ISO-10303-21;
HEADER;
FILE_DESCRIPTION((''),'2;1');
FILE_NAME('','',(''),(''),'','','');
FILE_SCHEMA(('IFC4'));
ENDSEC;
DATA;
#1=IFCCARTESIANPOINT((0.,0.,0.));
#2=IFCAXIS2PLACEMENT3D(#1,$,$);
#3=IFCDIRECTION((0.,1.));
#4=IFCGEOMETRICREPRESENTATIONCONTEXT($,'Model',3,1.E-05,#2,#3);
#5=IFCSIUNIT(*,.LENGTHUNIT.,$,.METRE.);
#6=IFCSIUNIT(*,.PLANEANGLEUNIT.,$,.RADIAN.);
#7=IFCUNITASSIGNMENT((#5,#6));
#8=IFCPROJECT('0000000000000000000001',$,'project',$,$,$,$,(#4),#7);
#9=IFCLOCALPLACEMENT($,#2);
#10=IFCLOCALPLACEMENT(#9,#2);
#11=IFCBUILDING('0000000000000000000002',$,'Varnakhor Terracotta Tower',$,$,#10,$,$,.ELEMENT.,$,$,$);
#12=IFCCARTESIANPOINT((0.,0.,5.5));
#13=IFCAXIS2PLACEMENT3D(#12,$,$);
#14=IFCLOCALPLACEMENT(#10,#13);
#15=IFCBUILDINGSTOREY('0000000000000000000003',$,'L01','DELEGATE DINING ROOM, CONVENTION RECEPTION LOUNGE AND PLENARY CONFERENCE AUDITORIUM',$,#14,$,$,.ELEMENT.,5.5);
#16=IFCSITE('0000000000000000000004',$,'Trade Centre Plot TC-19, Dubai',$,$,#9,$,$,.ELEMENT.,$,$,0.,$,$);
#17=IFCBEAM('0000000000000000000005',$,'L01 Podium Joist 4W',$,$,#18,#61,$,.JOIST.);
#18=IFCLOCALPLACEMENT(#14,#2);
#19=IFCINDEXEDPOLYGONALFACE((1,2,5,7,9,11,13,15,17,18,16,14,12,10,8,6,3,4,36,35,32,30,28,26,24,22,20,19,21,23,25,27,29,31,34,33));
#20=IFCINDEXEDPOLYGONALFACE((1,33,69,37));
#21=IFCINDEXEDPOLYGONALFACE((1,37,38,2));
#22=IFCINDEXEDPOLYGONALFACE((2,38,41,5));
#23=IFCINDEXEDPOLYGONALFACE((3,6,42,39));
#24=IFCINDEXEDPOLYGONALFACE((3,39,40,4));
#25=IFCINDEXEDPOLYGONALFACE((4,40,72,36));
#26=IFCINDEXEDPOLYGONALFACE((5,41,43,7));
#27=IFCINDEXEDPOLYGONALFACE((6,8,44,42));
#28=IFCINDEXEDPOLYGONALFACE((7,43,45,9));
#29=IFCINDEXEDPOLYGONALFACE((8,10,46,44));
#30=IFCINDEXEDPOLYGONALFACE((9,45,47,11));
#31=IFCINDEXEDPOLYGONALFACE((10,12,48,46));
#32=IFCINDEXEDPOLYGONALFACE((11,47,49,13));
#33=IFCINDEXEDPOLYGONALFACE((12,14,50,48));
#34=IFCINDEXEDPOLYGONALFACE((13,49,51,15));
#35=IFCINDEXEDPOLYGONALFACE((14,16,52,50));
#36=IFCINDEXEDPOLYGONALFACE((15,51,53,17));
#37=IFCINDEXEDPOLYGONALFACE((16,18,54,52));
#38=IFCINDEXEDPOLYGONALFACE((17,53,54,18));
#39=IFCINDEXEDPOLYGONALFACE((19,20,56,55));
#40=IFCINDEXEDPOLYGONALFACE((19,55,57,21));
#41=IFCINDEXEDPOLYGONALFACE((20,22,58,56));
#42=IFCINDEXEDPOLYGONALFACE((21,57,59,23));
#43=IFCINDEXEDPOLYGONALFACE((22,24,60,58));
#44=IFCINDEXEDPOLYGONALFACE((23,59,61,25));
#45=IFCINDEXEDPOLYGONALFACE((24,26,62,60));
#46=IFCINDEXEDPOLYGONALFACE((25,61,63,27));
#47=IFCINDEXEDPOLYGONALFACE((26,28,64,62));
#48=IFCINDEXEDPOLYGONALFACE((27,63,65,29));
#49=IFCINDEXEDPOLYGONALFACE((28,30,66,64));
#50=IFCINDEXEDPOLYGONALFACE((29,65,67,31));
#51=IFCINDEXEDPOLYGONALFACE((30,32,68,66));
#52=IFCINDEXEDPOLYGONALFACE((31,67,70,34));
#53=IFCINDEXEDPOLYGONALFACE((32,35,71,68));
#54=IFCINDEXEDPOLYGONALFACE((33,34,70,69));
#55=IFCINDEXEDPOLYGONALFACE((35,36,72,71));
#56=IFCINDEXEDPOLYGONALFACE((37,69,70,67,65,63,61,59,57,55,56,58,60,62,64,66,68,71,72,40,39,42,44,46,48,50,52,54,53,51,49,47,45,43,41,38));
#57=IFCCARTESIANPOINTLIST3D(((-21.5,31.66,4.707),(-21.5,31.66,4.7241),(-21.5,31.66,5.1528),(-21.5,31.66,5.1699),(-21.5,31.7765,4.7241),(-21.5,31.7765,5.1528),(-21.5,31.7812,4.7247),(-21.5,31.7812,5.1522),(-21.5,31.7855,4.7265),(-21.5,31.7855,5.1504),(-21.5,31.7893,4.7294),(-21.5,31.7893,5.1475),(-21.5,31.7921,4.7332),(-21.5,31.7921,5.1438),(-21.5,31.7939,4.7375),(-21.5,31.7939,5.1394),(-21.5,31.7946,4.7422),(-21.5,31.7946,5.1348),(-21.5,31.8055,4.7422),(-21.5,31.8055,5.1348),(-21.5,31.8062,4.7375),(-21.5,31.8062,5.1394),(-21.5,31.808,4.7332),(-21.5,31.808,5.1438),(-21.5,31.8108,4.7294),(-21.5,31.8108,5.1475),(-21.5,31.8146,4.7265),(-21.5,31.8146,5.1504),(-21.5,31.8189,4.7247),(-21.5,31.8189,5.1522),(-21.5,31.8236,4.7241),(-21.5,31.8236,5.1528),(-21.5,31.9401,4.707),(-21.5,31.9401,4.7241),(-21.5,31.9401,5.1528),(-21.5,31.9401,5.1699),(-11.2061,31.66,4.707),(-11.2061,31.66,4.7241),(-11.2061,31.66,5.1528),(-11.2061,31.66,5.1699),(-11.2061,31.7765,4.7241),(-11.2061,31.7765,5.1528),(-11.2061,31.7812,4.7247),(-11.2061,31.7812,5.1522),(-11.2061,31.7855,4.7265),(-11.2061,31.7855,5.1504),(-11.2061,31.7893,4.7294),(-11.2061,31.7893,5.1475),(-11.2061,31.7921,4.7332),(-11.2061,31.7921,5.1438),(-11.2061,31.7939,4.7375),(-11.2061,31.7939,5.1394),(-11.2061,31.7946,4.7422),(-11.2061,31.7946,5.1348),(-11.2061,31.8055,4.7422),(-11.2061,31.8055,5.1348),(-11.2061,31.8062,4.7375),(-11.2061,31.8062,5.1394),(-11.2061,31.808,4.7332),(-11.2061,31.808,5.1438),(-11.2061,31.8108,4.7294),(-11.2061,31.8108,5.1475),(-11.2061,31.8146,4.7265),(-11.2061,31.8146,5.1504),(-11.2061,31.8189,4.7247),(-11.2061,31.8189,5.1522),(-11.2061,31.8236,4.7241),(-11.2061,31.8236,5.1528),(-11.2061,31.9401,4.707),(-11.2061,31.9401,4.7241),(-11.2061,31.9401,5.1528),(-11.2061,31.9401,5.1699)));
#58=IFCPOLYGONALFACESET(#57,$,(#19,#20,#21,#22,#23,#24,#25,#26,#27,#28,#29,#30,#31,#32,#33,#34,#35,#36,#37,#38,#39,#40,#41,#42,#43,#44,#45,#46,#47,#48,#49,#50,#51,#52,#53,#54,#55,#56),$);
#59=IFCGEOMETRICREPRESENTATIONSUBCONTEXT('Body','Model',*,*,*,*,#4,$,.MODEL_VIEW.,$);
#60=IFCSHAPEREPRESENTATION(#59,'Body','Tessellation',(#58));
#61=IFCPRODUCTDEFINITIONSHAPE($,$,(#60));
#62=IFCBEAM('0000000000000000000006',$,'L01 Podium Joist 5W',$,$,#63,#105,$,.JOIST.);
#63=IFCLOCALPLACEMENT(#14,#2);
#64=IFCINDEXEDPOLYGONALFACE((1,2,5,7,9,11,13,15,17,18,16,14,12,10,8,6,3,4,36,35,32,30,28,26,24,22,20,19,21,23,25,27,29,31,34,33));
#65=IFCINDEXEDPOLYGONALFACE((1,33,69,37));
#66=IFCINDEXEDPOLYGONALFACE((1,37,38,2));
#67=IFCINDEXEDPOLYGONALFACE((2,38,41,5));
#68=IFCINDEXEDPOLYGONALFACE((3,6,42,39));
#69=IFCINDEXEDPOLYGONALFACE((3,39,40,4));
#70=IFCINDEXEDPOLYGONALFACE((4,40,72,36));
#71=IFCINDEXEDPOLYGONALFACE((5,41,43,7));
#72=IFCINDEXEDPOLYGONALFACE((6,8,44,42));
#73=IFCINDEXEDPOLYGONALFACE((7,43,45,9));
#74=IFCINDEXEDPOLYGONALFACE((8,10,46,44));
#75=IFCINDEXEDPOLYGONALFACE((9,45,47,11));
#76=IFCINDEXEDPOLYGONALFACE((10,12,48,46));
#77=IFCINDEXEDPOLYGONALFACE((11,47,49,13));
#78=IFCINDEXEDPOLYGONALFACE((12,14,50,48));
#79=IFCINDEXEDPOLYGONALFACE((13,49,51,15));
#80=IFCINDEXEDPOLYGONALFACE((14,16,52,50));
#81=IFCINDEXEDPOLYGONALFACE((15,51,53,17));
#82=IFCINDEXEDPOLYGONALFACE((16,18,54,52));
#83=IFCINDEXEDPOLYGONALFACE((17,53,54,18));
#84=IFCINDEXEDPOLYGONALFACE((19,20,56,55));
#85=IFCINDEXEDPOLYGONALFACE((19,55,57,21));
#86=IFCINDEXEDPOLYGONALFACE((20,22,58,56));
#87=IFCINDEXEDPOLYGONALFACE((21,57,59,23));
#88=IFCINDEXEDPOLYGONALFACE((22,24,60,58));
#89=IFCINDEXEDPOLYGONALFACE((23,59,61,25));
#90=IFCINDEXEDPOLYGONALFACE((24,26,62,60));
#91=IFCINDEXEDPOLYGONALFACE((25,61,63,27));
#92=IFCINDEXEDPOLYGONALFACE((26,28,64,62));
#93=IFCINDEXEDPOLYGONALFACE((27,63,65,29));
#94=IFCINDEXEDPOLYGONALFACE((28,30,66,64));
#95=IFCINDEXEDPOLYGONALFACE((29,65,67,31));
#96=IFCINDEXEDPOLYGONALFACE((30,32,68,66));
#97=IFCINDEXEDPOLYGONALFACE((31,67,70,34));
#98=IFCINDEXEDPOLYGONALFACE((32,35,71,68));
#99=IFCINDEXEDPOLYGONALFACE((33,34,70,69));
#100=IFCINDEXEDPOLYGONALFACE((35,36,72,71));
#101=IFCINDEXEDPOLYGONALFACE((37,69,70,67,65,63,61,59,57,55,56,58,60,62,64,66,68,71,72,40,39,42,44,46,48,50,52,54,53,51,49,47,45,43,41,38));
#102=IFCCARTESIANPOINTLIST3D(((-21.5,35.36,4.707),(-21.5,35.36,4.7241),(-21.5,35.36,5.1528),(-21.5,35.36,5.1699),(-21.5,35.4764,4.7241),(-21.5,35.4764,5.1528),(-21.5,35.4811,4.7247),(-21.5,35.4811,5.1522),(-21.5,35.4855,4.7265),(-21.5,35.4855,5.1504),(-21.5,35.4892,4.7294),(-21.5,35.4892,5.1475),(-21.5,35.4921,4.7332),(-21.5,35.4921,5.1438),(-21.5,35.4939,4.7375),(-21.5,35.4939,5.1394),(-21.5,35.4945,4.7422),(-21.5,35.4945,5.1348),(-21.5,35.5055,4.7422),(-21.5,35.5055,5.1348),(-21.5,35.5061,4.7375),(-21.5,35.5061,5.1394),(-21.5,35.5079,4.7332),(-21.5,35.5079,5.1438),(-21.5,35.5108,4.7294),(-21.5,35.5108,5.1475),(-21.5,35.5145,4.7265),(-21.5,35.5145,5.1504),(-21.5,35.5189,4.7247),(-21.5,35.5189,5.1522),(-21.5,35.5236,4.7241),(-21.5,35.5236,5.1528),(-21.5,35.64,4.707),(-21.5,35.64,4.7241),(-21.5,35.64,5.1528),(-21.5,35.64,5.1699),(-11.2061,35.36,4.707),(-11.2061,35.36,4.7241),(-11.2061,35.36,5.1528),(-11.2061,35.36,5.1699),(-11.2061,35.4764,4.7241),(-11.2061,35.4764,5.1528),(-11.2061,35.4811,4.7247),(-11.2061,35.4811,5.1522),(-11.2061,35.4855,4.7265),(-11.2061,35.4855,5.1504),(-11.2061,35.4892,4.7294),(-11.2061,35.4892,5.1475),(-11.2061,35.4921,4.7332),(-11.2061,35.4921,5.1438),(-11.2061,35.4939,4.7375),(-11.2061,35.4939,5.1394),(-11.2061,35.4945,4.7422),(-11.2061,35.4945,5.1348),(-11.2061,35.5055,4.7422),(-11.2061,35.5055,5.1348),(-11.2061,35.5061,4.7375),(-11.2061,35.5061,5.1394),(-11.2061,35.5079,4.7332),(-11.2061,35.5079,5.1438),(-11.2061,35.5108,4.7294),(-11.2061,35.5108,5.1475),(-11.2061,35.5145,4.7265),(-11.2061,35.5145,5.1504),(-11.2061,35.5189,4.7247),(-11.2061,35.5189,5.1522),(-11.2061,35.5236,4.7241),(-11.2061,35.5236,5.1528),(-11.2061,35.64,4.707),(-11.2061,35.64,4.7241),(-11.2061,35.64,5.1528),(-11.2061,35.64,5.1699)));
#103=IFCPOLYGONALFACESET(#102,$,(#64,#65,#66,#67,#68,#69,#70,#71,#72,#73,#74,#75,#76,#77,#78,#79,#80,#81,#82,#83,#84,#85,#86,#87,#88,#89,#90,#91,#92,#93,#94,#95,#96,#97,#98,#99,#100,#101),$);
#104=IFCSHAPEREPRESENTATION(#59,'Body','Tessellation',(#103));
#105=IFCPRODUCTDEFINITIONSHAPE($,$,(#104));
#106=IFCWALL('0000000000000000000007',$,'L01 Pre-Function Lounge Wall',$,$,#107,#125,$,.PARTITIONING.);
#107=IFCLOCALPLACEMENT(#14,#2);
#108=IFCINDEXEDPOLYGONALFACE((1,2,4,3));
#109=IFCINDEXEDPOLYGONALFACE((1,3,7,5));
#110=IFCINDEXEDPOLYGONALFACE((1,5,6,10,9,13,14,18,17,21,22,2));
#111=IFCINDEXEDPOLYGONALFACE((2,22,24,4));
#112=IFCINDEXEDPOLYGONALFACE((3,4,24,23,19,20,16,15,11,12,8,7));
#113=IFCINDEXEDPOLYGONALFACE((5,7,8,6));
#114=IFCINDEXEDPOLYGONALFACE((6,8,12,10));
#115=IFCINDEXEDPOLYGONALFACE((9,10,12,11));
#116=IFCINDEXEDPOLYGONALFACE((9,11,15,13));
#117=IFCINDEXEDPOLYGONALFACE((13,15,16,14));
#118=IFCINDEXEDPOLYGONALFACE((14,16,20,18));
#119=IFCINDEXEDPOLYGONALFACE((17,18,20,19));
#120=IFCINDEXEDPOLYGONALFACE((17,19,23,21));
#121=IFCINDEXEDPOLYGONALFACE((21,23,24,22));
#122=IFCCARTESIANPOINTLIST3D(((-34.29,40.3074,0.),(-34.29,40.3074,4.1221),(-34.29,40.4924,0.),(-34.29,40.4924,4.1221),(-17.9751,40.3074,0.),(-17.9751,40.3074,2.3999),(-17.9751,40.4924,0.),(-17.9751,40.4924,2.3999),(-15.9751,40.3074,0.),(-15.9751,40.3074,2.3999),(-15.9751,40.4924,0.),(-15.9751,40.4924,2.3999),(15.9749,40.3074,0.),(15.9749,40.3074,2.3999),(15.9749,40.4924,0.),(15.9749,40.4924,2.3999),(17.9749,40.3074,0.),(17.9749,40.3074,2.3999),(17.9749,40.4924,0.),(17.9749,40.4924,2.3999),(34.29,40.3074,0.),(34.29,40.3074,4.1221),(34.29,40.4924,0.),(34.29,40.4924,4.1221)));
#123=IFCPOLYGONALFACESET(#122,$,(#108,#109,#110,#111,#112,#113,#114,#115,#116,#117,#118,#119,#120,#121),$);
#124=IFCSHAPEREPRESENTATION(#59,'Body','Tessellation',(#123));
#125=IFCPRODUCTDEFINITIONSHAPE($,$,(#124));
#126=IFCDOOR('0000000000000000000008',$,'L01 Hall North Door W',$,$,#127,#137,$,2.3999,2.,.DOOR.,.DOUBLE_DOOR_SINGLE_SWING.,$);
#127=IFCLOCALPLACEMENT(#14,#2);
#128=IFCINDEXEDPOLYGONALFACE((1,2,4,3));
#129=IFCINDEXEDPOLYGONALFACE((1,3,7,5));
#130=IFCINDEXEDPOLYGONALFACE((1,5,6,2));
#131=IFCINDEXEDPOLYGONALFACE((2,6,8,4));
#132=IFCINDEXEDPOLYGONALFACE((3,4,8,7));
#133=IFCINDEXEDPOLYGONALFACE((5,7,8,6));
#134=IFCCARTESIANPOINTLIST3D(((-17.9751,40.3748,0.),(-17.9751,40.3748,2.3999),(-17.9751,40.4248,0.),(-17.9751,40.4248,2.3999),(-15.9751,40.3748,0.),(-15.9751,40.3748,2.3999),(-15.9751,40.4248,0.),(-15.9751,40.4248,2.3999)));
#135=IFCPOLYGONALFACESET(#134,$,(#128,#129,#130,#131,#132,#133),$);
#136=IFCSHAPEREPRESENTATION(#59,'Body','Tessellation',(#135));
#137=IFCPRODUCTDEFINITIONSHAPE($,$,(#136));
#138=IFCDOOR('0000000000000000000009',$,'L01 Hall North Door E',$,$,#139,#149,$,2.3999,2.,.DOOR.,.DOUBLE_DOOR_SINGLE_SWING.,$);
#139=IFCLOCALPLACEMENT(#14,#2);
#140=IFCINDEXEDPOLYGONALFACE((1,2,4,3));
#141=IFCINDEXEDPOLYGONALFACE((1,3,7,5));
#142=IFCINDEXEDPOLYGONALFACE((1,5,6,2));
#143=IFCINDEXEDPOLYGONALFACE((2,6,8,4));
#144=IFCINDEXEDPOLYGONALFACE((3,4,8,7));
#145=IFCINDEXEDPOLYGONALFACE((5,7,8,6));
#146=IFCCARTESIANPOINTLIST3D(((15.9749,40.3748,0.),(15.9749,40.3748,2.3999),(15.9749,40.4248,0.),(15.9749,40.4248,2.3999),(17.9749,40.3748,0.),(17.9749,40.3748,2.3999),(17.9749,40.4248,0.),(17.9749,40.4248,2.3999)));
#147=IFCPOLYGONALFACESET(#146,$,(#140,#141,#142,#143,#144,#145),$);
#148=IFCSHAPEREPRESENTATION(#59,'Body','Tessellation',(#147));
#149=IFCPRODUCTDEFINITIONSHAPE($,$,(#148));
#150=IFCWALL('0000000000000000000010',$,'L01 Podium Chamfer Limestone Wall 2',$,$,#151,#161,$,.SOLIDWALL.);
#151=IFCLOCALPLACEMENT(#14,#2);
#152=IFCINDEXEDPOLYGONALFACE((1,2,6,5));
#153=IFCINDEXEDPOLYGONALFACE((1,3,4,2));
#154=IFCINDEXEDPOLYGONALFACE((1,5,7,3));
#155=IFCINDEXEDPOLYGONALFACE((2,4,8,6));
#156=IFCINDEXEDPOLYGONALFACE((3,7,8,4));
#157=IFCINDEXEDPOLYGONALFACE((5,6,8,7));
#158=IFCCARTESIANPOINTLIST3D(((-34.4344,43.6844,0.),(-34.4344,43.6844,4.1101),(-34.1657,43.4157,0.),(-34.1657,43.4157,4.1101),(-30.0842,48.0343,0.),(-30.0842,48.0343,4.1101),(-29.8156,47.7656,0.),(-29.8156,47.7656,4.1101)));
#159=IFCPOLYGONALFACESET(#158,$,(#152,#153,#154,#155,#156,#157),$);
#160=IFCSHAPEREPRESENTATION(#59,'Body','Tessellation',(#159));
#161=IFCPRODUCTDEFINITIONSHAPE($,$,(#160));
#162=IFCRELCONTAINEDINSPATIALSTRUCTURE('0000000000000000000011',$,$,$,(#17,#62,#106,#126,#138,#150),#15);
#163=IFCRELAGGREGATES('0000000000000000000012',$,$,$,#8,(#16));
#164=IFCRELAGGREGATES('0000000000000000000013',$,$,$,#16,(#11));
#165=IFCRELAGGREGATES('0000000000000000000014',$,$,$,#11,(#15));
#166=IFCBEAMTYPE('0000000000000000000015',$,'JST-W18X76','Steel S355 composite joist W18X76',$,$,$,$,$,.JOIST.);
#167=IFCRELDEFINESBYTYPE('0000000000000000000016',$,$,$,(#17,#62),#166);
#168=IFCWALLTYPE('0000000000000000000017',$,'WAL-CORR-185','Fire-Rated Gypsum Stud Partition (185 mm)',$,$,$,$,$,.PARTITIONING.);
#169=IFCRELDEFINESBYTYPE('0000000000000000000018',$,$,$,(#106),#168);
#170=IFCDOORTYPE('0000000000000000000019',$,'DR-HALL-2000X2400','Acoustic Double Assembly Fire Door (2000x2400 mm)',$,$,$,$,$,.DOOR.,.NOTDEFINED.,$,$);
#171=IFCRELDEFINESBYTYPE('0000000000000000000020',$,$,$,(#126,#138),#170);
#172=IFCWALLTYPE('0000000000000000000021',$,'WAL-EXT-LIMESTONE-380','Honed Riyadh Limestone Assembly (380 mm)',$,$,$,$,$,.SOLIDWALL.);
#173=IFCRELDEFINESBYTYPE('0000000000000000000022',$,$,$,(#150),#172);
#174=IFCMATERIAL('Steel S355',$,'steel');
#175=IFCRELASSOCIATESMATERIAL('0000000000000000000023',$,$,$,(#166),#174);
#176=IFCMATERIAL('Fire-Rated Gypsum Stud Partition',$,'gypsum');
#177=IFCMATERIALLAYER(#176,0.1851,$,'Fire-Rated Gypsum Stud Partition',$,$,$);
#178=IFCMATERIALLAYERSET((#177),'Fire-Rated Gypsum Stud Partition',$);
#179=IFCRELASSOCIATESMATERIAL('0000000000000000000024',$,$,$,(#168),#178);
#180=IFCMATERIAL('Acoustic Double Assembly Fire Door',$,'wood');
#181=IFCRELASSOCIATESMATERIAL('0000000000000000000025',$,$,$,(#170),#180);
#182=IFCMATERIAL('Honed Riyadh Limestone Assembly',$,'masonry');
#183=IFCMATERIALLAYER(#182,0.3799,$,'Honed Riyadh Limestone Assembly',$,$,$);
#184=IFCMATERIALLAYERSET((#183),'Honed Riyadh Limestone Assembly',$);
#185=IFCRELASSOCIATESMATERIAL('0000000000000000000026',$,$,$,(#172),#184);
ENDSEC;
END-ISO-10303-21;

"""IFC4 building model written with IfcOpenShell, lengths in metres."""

from ifc_helpers import new_model, si_unit, direction, frame, frame_2d, origin, origin_2d, place, context, subcontext, project, spatial, rectangle, i_section, extrude, source, transform, mapped, material, layer, layer_set, material_profile, profile_set, type_object, type_shapes, element, fill, save


model = new_model("IFC4")

# Units and contexts
model_context = context("Model", 3, precision=1e-05, world=origin(), true_north=direction((0.0, 1.0)))
body_context = subcontext(model_context, "Body", "Model", "MODEL_VIEW")
ifc_project = project(units=[si_unit("LENGTHUNIT", "METRE"), si_unit("PLANEANGLEUNIT", "RADIAN")], contexts=[model_context])

# Site, building, storey
site_placement = place(None, origin())
site = spatial("IfcSite", under=ifc_project, at=site_placement, Name="Trade Centre Plot TC-19, Dubai", CompositionType="ELEMENT", RefElevation=0.0)
building_placement = place(site_placement, origin())
building = spatial("IfcBuilding", under=site, at=building_placement, Name="Varnakhor Terracotta Tower", CompositionType="ELEMENT")
storey_placement = place(building_placement, frame((0.0, 0.0, 5.5)))
storey = spatial("IfcBuildingStorey", under=building, at=storey_placement, Name="L01", Description="DELEGATE DINING ROOM, CONVENTION RECEPTION LOUNGE AND PLENARY CONFERENCE AUDITORIUM", CompositionType="ELEMENT", Elevation=5.5)

# Beams
ifc_material_1 = material(Name="Steel S355", Category="steel")
ifc_material_profile = material_profile(ifc_material_1, i_section(OverallWidth=0.28, OverallDepth=0.4629, WebThickness=0.011, FlangeThickness=0.0171, FilletRadius=0.0181, at=origin_2d()), Name="W18X76")
ifc_profile_set = profile_set([ifc_material_profile], Name="Steel S355")
beam_type = type_object("IfcBeamType", Name="JST-W18X76", Description="Steel S355 composite joist W18X76", PredefinedType="JOIST", material=ifc_profile_set)
shared_shape_1 = source(origin(), body_context, "Body", "SweptSolid", [
    extrude(i_section(OverallWidth=0.28, OverallDepth=0.4629, WebThickness=0.011, FlangeThickness=0.0171, FilletRadius=0.0181, at=origin_2d()), origin(), (0.0, 0.0, 1.0), 10.2939),
])
type_shapes(beam_type, [shared_shape_1])
for number, where, z_axis, x_axis, name in (
    (1, (-21.5, 31.8, 4.9385), (1.0, 0.0, 0.0), (0.0, 1.0, 0.0), "L01 Podium Joist 4W"),
    (2, (-21.5, 35.5, 4.9385), (1.0, 0.0, 0.0), (0.0, 1.0, 0.0), "L01 Podium Joist 5W"),
):
    element("IfcBeam", number, at=place(storey_placement, frame(where, z_axis=z_axis, x_axis=x_axis)), inside=storey, type_object=beam_type, Name=name, PredefinedType="JOIST", context=body_context, shape_type="MappedRepresentation", body=[
        mapped(shared_shape_1, transform((0.0, 0.0, 0.0), scale=1.0)),
    ])

# Wall, openings, doors
ifc_material_2 = material(Name="Fire-Rated Gypsum Stud Partition", Category="gypsum")
ifc_layer_1 = layer(ifc_material_2, 0.1851, Name="Fire-Rated Gypsum Stud Partition")
ifc_layer_set_1 = layer_set([ifc_layer_1], Name="Fire-Rated Gypsum Stud Partition")
wall_type_1 = type_object("IfcWallType", Name="WAL-CORR-185", Description="Fire-Rated Gypsum Stud Partition (185 mm)", PredefinedType="PARTITIONING", material=ifc_layer_set_1)
wall_1_placement = place(storey_placement, frame((-34.29, 40.3999, 0.0), z_axis=(0.0, 0.0, 1.0), x_axis=(1.0, 0.0, 0.0)))
wall_1 = element("IfcWall", 3, at=wall_1_placement, inside=storey, type_object=wall_type_1, Name="L01 Pre-Function Lounge Wall", PredefinedType="PARTITIONING", context=body_context, shape_type="SweptSolid", body=[
    extrude(rectangle(XDim=68.5801, YDim=0.1851, at=frame_2d((34.29, 0.0))), origin(), (0.0, 0.0, 1.0), 4.1221),
])
opening_1_placement = place(wall_1_placement, frame((16.3149, 0.0, 0.0)))
opening_1 = element("IfcOpeningElement", 4, at=opening_1_placement, cuts=wall_1, PredefinedType="OPENING", context=body_context, shape_type="SweptSolid", body=[
    extrude(rectangle(XDim=2.0, YDim=2.3999, at=frame_2d((1.0, 1.2))), frame((0.0, 0.1025, 0.0), z_axis=(0.0, -1.0, 0.0), x_axis=(1.0, 0.0, 0.0)), (0.0, 0.0, 1.0), 0.2051),
])
opening_2_placement = place(wall_1_placement, frame((50.2649, 0.0, 0.0)))
opening_2 = element("IfcOpeningElement", 5, at=opening_2_placement, cuts=wall_1, PredefinedType="OPENING", context=body_context, shape_type="SweptSolid", body=[
    extrude(rectangle(XDim=2.0, YDim=2.3999, at=frame_2d((1.0, 1.2))), frame((0.0, 0.1025, 0.0), z_axis=(0.0, -1.0, 0.0), x_axis=(1.0, 0.0, 0.0)), (0.0, 0.0, 1.0), 0.2051),
])
ifc_material_3 = material(Name="Acoustic Double Assembly Fire Door", Category="wood")
door_type_1 = type_object("IfcDoorType", Name="DR-HALL-2000X2400", Description="Acoustic Double Assembly Fire Door (2000x2400 mm)", OperationType="NOTDEFINED", PredefinedType="DOOR", material=ifc_material_3)
shared_shape_2 = source(origin(), body_context, "Body", "SweptSolid", [
    extrude(rectangle(XDim=2.0, YDim=2.3999, at=frame_2d((1.0, 1.2))), frame((0.0, 0.0249, 0.0), z_axis=(0.0, -1.0, 0.0), x_axis=(1.0, 0.0, 0.0)), (0.0, 0.0, 1.0), 0.05),
])
type_shapes(door_type_1, [shared_shape_2])
door_1_placement = place(opening_1_placement, origin())
door_1 = element("IfcDoor", 6, at=door_1_placement, inside=storey, type_object=door_type_1, Name="L01 Hall North Door W", OperationType="DOUBLE_DOOR_SINGLE_SWING", OverallHeight=2.3999, OverallWidth=2.0, PredefinedType="DOOR", context=body_context, shape_type="MappedRepresentation", body=[
    mapped(shared_shape_2, transform((0.0, 0.0, 0.0), scale=1.0)),
])
fill(opening_1, door_1)
door_2_placement = place(opening_2_placement, origin())
door_2 = element("IfcDoor", 7, at=door_2_placement, inside=storey, type_object=door_type_1, Name="L01 Hall North Door E", OperationType="DOUBLE_DOOR_SINGLE_SWING", OverallHeight=2.3999, OverallWidth=2.0, PredefinedType="DOOR", context=body_context, shape_type="MappedRepresentation", body=[
    mapped(shared_shape_2, transform((0.0, 0.0, 0.0), scale=1.0)),
])
fill(opening_2, door_2)

# Wall
ifc_material_4 = material(Name="Honed Riyadh Limestone Assembly", Category="masonry")
ifc_layer_2 = layer(ifc_material_4, 0.3799, Name="Honed Riyadh Limestone Assembly")
ifc_layer_set_2 = layer_set([ifc_layer_2], Name="Honed Riyadh Limestone Assembly")
wall_type_2 = type_object("IfcWallType", Name="WAL-EXT-LIMESTONE-380", Description="Honed Riyadh Limestone Assembly (380 mm)", PredefinedType="SOLIDWALL", material=ifc_layer_set_2)
wall_2_placement = place(storey_placement, frame((-34.3, 43.55, 0.0), z_axis=(0.0, 0.0, 1.0), x_axis=(0.707127, 0.707087, 0.0)))
element("IfcWall", 8, at=wall_2_placement, inside=storey, type_object=wall_type_2, Name="L01 Podium Chamfer Limestone Wall 2", PredefinedType="SOLIDWALL", context=body_context, shape_type="SweptSolid", body=[
    extrude(rectangle(XDim=6.1519, YDim=0.3799, at=frame_2d((3.0759, 0.0))), origin(), (0.0, 0.0, 1.0), 4.1101),
])

save(model, "model.ifc")
